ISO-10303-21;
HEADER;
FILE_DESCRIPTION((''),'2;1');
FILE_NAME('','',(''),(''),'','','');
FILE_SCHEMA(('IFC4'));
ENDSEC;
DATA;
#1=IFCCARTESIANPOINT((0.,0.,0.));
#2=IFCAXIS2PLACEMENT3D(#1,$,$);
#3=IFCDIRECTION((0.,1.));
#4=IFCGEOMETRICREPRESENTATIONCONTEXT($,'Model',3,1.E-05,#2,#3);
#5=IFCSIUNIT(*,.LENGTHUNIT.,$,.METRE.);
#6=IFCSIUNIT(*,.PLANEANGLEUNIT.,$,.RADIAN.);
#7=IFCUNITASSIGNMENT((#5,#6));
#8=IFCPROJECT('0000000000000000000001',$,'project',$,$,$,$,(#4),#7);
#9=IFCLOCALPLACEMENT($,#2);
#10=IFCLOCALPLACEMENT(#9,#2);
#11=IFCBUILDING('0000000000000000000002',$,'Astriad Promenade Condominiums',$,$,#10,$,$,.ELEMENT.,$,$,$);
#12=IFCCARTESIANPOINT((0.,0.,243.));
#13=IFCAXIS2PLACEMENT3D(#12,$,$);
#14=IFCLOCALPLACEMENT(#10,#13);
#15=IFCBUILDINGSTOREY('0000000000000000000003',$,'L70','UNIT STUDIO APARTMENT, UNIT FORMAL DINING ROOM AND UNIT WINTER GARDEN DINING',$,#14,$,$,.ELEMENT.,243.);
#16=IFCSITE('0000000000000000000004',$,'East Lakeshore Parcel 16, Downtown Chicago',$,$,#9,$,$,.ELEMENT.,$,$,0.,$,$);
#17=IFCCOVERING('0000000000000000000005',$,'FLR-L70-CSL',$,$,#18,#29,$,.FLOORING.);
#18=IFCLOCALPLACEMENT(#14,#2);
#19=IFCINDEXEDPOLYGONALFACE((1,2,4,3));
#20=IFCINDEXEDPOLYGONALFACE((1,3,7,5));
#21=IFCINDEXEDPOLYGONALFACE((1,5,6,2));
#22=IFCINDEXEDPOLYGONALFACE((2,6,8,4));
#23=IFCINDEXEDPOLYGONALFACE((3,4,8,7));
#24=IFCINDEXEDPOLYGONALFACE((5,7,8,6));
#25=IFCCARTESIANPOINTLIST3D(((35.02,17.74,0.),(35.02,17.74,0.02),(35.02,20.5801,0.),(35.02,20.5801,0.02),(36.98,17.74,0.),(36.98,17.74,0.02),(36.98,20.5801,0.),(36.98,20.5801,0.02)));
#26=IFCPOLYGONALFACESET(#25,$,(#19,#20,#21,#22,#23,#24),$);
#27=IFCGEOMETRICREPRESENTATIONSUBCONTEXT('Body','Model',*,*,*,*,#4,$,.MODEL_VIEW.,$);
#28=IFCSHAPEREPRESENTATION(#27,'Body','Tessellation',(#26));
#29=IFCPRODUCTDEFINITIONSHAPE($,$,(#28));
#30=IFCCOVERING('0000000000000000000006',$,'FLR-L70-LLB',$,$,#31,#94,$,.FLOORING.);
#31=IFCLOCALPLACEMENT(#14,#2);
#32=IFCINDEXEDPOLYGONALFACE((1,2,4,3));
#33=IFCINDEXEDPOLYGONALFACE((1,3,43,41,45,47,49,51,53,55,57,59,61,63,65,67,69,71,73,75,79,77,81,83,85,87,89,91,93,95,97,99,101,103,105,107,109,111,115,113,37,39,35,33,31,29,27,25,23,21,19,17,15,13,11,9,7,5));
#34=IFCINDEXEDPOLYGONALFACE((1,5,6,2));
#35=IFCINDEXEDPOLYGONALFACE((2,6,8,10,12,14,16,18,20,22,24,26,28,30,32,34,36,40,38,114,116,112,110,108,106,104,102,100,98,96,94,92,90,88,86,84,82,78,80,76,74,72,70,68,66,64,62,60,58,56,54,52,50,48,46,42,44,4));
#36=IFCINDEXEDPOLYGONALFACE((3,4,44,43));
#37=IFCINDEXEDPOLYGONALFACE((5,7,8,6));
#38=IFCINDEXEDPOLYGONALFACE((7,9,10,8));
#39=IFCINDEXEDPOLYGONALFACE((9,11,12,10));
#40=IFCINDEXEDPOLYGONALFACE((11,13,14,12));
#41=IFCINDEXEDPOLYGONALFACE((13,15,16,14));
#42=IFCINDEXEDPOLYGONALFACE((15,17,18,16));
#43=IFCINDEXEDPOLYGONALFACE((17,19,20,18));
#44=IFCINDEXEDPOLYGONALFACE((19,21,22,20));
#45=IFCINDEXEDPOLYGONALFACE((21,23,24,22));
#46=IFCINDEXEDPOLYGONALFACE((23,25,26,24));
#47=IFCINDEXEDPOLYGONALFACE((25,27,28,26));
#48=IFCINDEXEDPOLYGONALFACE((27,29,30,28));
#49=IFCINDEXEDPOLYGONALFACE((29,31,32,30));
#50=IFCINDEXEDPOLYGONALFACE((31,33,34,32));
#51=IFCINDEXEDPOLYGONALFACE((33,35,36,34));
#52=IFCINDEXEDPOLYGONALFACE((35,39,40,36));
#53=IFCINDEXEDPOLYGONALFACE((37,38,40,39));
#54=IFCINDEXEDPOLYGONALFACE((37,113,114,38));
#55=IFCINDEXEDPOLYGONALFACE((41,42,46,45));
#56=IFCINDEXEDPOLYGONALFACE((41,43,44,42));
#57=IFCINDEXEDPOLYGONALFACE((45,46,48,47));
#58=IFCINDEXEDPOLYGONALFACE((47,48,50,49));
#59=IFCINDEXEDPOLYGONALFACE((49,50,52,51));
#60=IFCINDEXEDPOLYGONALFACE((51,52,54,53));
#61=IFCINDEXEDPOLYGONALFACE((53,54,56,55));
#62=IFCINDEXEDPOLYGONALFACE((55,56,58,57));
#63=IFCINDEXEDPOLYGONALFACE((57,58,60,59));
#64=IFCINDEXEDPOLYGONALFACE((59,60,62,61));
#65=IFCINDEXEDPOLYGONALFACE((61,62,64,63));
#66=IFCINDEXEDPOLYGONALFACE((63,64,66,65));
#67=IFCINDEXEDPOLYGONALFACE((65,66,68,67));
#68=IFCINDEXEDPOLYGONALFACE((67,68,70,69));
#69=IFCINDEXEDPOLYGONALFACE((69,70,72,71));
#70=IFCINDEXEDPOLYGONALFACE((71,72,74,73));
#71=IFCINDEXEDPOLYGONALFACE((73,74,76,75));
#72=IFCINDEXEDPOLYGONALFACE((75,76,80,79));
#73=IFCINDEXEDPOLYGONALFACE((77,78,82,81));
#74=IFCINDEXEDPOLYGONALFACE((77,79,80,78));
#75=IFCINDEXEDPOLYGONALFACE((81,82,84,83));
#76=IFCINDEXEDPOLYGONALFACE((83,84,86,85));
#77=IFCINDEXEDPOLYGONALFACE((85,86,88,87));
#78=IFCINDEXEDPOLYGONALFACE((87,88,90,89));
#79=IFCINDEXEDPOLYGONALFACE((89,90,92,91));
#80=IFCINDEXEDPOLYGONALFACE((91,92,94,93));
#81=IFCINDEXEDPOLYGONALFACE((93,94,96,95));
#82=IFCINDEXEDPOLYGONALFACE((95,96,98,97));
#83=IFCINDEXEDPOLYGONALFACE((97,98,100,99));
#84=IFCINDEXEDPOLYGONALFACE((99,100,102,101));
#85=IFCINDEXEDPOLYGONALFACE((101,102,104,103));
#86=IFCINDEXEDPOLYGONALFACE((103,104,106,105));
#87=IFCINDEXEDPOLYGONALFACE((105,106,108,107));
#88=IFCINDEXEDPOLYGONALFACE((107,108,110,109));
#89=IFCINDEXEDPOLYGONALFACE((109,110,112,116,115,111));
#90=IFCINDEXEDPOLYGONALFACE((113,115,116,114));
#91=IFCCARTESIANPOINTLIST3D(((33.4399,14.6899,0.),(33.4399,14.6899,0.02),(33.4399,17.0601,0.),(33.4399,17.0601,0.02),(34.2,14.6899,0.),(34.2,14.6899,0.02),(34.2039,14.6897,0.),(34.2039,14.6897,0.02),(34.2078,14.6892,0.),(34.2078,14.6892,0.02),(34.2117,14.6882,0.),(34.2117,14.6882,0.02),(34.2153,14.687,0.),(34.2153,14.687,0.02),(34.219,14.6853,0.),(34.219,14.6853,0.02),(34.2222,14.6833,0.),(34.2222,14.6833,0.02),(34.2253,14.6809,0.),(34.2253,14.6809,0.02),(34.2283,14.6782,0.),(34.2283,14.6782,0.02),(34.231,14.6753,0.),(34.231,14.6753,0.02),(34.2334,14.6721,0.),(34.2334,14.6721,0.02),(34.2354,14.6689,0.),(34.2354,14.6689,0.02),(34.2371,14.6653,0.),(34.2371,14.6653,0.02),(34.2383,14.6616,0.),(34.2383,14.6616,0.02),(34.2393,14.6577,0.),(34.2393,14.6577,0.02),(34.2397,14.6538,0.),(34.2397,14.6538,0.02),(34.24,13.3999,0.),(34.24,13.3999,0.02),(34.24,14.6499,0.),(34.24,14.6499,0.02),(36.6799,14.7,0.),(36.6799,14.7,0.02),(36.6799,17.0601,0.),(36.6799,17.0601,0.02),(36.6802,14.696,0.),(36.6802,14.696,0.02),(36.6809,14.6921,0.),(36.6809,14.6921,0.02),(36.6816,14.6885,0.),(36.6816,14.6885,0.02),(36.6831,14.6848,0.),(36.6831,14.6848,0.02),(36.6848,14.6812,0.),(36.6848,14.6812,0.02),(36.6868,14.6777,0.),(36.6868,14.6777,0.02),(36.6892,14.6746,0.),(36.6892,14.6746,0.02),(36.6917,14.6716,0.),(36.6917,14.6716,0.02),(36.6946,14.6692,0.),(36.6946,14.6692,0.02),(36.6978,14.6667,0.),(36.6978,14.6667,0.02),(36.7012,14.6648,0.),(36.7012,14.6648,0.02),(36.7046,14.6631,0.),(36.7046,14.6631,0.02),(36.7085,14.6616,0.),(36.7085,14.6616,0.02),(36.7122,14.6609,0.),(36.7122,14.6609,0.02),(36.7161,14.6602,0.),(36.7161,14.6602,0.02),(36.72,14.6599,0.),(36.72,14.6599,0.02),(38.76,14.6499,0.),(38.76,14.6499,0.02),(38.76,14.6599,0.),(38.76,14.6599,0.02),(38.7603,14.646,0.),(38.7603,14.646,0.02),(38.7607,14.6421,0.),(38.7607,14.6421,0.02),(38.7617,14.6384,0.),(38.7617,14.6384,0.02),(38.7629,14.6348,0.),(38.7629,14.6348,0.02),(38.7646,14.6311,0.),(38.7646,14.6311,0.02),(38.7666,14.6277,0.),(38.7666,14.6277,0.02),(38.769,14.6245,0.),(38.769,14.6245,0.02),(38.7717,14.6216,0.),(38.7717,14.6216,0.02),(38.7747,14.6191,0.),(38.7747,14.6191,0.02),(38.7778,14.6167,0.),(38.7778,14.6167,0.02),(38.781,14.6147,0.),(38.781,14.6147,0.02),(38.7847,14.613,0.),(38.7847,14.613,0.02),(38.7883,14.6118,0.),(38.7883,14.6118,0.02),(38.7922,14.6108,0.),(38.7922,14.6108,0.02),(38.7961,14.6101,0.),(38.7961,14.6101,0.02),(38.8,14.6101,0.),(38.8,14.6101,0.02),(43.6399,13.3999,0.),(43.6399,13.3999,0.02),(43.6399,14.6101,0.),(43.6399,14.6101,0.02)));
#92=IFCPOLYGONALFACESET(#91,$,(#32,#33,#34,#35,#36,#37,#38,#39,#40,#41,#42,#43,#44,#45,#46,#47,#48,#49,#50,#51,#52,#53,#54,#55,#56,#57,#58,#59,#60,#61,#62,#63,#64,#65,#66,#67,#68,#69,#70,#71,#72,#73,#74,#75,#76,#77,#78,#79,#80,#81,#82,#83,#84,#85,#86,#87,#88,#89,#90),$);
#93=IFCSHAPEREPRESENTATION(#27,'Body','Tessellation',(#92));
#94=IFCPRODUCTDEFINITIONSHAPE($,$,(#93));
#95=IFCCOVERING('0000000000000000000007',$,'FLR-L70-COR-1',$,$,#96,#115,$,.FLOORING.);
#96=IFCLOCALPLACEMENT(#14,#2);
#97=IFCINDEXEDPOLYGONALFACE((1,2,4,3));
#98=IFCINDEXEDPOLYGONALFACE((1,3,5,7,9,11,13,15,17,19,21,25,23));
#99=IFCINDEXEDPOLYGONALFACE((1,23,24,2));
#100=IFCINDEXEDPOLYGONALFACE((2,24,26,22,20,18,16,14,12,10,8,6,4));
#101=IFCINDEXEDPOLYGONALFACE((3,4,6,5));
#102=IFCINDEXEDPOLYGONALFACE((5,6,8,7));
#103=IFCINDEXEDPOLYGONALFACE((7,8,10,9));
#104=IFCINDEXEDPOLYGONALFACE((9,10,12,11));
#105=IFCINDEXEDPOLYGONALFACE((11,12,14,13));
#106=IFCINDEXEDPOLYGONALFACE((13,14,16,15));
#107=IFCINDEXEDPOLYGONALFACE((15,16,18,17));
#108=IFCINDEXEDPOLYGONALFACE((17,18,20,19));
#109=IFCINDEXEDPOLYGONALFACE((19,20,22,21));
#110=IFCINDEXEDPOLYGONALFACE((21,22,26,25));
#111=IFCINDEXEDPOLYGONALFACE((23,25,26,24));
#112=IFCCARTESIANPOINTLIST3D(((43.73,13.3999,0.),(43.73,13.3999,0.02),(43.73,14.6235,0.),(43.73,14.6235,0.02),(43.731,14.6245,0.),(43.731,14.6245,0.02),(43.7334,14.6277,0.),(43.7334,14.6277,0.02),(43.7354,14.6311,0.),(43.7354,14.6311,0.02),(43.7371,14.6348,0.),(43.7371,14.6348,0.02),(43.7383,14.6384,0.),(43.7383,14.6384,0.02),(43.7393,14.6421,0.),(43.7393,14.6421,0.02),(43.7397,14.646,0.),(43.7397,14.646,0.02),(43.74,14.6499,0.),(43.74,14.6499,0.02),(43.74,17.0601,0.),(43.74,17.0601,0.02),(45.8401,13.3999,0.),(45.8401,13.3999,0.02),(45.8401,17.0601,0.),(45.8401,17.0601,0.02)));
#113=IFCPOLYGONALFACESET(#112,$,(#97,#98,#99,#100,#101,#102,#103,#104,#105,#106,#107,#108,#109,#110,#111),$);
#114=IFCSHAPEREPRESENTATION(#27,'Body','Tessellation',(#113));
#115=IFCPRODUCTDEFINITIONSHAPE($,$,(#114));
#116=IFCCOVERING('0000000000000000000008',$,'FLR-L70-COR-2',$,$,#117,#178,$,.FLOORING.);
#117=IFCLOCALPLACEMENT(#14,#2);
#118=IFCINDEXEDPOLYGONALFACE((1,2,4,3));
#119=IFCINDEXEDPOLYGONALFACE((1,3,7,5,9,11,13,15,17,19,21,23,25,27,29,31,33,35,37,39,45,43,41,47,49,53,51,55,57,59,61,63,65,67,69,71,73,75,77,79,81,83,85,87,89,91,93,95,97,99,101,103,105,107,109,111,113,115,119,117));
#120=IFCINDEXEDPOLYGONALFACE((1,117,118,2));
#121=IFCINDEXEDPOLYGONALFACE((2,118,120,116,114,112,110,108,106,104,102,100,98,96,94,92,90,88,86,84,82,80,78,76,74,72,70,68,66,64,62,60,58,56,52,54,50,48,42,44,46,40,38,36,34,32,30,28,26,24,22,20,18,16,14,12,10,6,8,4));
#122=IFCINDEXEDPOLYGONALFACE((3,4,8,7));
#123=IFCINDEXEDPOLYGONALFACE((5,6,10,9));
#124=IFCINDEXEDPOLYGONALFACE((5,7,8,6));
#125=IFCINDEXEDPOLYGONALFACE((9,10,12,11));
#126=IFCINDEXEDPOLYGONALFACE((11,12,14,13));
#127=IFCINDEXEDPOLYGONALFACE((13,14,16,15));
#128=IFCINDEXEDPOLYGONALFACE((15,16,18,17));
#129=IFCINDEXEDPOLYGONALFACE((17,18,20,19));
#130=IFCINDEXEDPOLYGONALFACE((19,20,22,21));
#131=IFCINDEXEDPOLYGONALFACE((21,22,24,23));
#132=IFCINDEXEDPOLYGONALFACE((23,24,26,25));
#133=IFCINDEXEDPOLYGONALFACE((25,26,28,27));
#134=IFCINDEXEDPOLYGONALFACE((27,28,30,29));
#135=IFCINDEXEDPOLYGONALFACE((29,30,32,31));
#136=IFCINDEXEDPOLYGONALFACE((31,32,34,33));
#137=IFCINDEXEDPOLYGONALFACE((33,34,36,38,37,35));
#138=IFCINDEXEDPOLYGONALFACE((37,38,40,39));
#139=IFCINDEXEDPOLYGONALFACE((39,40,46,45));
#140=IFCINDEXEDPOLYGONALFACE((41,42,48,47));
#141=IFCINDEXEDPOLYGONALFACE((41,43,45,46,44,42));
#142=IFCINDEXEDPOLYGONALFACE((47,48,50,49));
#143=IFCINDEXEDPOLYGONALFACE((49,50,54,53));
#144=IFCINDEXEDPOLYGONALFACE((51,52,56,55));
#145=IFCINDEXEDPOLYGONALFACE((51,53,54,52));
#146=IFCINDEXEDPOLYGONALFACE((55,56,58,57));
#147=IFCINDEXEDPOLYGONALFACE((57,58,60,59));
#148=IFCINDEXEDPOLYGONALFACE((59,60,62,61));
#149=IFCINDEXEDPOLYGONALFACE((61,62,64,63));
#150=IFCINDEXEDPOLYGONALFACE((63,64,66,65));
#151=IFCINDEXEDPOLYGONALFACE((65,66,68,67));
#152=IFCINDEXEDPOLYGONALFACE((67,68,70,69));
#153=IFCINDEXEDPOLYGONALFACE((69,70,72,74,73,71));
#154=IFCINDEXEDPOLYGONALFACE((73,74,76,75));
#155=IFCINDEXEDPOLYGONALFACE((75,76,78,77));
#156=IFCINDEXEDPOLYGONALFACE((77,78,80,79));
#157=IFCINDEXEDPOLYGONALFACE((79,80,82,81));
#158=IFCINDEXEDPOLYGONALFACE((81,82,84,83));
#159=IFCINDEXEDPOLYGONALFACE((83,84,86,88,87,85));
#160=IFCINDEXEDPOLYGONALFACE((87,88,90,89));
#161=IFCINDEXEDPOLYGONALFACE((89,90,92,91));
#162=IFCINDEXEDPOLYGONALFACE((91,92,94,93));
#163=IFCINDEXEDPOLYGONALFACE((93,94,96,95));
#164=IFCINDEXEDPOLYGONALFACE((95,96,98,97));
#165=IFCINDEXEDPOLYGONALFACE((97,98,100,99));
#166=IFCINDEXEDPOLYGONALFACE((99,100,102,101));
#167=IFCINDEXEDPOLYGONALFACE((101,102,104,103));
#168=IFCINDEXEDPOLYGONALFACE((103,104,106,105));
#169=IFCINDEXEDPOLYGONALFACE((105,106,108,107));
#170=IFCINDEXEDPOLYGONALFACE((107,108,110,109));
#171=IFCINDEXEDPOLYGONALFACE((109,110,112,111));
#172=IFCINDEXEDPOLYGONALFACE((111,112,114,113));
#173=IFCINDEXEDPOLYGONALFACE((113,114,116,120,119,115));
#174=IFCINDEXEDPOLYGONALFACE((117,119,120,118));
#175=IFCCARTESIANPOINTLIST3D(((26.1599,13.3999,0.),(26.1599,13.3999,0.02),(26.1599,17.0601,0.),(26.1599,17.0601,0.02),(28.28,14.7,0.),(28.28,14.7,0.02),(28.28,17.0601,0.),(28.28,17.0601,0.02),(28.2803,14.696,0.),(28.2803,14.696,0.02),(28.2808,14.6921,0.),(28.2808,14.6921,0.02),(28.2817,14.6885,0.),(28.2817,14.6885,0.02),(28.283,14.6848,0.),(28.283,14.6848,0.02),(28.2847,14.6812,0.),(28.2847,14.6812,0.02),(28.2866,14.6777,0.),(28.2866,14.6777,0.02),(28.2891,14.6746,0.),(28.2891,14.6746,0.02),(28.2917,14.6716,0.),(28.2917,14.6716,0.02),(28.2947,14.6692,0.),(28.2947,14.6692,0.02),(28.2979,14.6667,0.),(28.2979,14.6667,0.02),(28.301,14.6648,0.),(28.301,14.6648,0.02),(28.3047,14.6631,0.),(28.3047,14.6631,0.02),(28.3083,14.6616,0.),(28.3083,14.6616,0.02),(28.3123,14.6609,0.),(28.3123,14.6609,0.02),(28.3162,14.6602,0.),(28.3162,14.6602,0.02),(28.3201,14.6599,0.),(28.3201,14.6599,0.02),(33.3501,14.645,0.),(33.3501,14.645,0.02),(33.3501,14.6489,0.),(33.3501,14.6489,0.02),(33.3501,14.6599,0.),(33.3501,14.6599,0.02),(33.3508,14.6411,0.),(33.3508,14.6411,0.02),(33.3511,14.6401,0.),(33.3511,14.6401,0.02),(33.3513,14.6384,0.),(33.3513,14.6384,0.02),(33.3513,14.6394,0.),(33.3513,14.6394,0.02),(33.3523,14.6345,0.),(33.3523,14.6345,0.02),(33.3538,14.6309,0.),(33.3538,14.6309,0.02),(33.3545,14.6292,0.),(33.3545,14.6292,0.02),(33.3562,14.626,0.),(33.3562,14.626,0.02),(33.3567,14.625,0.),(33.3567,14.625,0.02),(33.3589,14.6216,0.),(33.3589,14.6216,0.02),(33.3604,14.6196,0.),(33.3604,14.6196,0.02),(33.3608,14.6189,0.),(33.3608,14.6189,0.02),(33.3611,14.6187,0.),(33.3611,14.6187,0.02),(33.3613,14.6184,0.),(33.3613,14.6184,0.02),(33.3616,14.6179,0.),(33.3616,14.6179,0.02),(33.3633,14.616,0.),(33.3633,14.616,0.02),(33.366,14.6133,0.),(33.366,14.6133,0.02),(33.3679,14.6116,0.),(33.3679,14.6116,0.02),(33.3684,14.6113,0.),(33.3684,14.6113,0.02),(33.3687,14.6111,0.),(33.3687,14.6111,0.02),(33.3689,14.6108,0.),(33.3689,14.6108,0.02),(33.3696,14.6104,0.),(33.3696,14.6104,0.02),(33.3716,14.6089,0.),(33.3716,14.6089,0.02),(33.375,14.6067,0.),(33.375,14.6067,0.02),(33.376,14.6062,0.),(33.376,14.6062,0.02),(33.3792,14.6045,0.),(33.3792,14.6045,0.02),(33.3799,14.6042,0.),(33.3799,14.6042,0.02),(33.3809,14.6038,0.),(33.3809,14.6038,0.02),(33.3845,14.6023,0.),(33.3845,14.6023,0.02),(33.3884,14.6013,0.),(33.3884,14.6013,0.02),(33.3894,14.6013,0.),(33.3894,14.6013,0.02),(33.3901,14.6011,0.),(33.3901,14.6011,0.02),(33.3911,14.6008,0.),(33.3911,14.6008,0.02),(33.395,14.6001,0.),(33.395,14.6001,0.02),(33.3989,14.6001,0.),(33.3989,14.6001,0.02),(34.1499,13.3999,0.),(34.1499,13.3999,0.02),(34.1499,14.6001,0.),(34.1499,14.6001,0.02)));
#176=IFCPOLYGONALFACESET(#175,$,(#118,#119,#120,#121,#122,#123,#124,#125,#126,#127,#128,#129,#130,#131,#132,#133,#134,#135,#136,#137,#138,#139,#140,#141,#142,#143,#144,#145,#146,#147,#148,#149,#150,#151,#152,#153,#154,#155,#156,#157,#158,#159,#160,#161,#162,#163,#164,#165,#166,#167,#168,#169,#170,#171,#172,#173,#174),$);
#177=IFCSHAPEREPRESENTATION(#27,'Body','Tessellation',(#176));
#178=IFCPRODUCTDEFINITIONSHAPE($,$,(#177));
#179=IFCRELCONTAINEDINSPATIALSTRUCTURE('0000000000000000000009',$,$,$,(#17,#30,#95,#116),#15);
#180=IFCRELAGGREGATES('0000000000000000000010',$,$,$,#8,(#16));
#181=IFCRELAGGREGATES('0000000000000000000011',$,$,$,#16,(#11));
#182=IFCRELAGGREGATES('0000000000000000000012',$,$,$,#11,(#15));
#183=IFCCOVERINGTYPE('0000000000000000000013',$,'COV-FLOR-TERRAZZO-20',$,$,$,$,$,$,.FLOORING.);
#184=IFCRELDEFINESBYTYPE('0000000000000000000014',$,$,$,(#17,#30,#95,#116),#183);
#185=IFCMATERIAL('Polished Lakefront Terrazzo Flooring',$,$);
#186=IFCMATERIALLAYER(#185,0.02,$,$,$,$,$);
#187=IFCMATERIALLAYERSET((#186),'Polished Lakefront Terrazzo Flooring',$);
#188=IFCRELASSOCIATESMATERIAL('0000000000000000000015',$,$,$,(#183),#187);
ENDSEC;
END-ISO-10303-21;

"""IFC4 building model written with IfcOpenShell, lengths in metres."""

from ifc_helpers import new_model, si_unit, direction, frame, origin, place, context, subcontext, project, spatial, polyline, outline, extrude, material, layer, layer_set, type_object, element, save


model = new_model("IFC4")

# Units and contexts
model_context = context("Model", 3, precision=1e-05, world=origin(), true_north=direction((0.0, 1.0)))
body_context = subcontext(model_context, "Body", "Model", "MODEL_VIEW")
ifc_project = project(units=[si_unit("LENGTHUNIT", "METRE"), si_unit("PLANEANGLEUNIT", "RADIAN")], contexts=[model_context])

# Site, building, storey
site_placement = place(None, origin())
site = spatial("IfcSite", under=ifc_project, at=site_placement, Name="East Lakeshore Parcel 16, Downtown Chicago", CompositionType="ELEMENT", RefElevation=0.0)
building_placement = place(site_placement, origin())
building = spatial("IfcBuilding", under=site, at=building_placement, Name="Astriad Promenade Condominiums", CompositionType="ELEMENT")
storey_placement = place(building_placement, frame((0.0, 0.0, 243.0)))
storey = spatial("IfcBuildingStorey", under=building, at=storey_placement, Name="L70", Description="UNIT STUDIO APARTMENT, UNIT FORMAL DINING ROOM AND UNIT WINTER GARDEN DINING", CompositionType="ELEMENT", Elevation=243.0)

# Coverings
ifc_material_1 = material(Name="Polished Lakefront Terrazzo Flooring")
ifc_layer_1 = layer(ifc_material_1, 0.02)
ifc_layer_set_1 = layer_set([ifc_layer_1], Name="Polished Lakefront Terrazzo Flooring")
covering_type = type_object("IfcCoveringType", Name="COV-FLOR-TERRAZZO-20", PredefinedType="FLOORING", material=ifc_layer_set_1)
covering_1_placement = place(storey_placement, origin())
element("IfcCovering", 1, at=covering_1_placement, inside=storey, type_object=covering_type, Name="FLR-L70-CSL", PredefinedType="FLOORING", context=body_context, shape_type="SweptSolid", body=[
    extrude(outline(polyline([(36.98, 17.74), (35.02, 17.74), (35.02, 20.5801), (36.98, 20.5801), (36.98, 17.74)])), origin(), (0.0, 0.0, 1.0), 0.02),
])
covering_2_placement = place(storey_placement, origin())
element("IfcCovering", 2, at=covering_2_placement, inside=storey, type_object=covering_type, Name="FLR-L70-LLB", PredefinedType="FLOORING", context=body_context, shape_type="SweptSolid", body=[
    extrude(outline(polyline([(43.6399, 14.6101), (43.6399, 13.3999), (34.24, 13.3999), (34.24, 14.6499), (34.2397, 14.6538), (34.2393, 14.6577), (34.2383, 14.6616), (34.2371, 14.6653), (34.2354, 14.6689), (34.2334, 14.6721), (34.231, 14.6753), (34.2283, 14.6782), (34.2253, 14.6809), (34.2222, 14.6833), (34.219, 14.6853), (34.2153, 14.687), (34.2117, 14.6882), (34.2078, 14.6892), (34.2039, 14.6897), (34.2, 14.6899), (33.4399, 14.6899), (33.4399, 17.0601), (36.6799, 17.0601), (36.6799, 14.7), (36.6802, 14.696), (36.6809, 14.6921), (36.6816, 14.6885), (36.6831, 14.6848), (36.6848, 14.6812), (36.6868, 14.6777), (36.6892, 14.6746), (36.6917, 14.6716), (36.6946, 14.6692), (36.6978, 14.6667), (36.7012, 14.6648), (36.7046, 14.6631), (36.7085, 14.6616), (36.7122, 14.6609), (36.7161, 14.6602), (36.72, 14.6599), (38.76, 14.6599), (38.76, 14.6499), (38.7603, 14.646), (38.7607, 14.6421), (38.7617, 14.6384), (38.7629, 14.6348), (38.7646, 14.6311), (38.7666, 14.6277), (38.769, 14.6245), (38.7717, 14.6216), (38.7747, 14.6191), (38.7778, 14.6167), (38.781, 14.6147), (38.7847, 14.613), (38.7883, 14.6118), (38.7922, 14.6108), (38.7961, 14.6101), (38.8, 14.6101), (43.6399, 14.6101)])), origin(), (0.0, 0.0, 1.0), 0.02),
])
covering_3_placement = place(storey_placement, origin())
element("IfcCovering", 3, at=covering_3_placement, inside=storey, type_object=covering_type, Name="FLR-L70-COR-1", PredefinedType="FLOORING", context=body_context, shape_type="SweptSolid", body=[
    extrude(outline(polyline([(43.73, 13.3999), (43.73, 14.6235), (43.731, 14.6245), (43.7334, 14.6277), (43.7354, 14.6311), (43.7371, 14.6348), (43.7383, 14.6384), (43.7393, 14.6421), (43.7397, 14.646), (43.74, 14.6499), (43.74, 17.0601), (45.8401, 17.0601), (45.8401, 13.3999), (43.73, 13.3999)])), origin(), (0.0, 0.0, 1.0), 0.02),
])
covering_4_placement = place(storey_placement, origin())
element("IfcCovering", 4, at=covering_4_placement, inside=storey, type_object=covering_type, Name="FLR-L70-COR-2", PredefinedType="FLOORING", context=body_context, shape_type="SweptSolid", body=[
    extrude(outline(polyline([(26.1599, 13.3999), (26.1599, 17.0601), (28.28, 17.0601), (28.28, 14.7), (28.2803, 14.696), (28.2808, 14.6921), (28.2817, 14.6885), (28.283, 14.6848), (28.2847, 14.6812), (28.2866, 14.6777), (28.2891, 14.6746), (28.2917, 14.6716), (28.2947, 14.6692), (28.2979, 14.6667), (28.301, 14.6648), (28.3047, 14.6631), (28.3083, 14.6616), (28.3123, 14.6609), (28.3162, 14.6602), (28.3201, 14.6599), (33.3501, 14.6599), (33.3501, 14.6489), (33.3501, 14.645), (33.3508, 14.6411), (33.3511, 14.6401), (33.3513, 14.6394), (33.3513, 14.6384), (33.3523, 14.6345), (33.3538, 14.6309), (33.3545, 14.6292), (33.3562, 14.626), (33.3567, 14.625), (33.3589, 14.6216), (33.3604, 14.6196), (33.3608, 14.6189), (33.3611, 14.6187), (33.3613, 14.6184), (33.3616, 14.6179), (33.3633, 14.616), (33.366, 14.6133), (33.3679, 14.6116), (33.3684, 14.6113), (33.3687, 14.6111), (33.3689, 14.6108), (33.3696, 14.6104), (33.3716, 14.6089), (33.375, 14.6067), (33.376, 14.6062), (33.3792, 14.6045), (33.3799, 14.6042), (33.3809, 14.6038), (33.3845, 14.6023), (33.3884, 14.6013), (33.3894, 14.6013), (33.3901, 14.6011), (33.3911, 14.6008), (33.395, 14.6001), (33.3989, 14.6001), (34.1499, 14.6001), (34.1499, 13.3999), (26.1599, 13.3999)])), origin(), (0.0, 0.0, 1.0), 0.02),
])

save(model, "model.ifc")
